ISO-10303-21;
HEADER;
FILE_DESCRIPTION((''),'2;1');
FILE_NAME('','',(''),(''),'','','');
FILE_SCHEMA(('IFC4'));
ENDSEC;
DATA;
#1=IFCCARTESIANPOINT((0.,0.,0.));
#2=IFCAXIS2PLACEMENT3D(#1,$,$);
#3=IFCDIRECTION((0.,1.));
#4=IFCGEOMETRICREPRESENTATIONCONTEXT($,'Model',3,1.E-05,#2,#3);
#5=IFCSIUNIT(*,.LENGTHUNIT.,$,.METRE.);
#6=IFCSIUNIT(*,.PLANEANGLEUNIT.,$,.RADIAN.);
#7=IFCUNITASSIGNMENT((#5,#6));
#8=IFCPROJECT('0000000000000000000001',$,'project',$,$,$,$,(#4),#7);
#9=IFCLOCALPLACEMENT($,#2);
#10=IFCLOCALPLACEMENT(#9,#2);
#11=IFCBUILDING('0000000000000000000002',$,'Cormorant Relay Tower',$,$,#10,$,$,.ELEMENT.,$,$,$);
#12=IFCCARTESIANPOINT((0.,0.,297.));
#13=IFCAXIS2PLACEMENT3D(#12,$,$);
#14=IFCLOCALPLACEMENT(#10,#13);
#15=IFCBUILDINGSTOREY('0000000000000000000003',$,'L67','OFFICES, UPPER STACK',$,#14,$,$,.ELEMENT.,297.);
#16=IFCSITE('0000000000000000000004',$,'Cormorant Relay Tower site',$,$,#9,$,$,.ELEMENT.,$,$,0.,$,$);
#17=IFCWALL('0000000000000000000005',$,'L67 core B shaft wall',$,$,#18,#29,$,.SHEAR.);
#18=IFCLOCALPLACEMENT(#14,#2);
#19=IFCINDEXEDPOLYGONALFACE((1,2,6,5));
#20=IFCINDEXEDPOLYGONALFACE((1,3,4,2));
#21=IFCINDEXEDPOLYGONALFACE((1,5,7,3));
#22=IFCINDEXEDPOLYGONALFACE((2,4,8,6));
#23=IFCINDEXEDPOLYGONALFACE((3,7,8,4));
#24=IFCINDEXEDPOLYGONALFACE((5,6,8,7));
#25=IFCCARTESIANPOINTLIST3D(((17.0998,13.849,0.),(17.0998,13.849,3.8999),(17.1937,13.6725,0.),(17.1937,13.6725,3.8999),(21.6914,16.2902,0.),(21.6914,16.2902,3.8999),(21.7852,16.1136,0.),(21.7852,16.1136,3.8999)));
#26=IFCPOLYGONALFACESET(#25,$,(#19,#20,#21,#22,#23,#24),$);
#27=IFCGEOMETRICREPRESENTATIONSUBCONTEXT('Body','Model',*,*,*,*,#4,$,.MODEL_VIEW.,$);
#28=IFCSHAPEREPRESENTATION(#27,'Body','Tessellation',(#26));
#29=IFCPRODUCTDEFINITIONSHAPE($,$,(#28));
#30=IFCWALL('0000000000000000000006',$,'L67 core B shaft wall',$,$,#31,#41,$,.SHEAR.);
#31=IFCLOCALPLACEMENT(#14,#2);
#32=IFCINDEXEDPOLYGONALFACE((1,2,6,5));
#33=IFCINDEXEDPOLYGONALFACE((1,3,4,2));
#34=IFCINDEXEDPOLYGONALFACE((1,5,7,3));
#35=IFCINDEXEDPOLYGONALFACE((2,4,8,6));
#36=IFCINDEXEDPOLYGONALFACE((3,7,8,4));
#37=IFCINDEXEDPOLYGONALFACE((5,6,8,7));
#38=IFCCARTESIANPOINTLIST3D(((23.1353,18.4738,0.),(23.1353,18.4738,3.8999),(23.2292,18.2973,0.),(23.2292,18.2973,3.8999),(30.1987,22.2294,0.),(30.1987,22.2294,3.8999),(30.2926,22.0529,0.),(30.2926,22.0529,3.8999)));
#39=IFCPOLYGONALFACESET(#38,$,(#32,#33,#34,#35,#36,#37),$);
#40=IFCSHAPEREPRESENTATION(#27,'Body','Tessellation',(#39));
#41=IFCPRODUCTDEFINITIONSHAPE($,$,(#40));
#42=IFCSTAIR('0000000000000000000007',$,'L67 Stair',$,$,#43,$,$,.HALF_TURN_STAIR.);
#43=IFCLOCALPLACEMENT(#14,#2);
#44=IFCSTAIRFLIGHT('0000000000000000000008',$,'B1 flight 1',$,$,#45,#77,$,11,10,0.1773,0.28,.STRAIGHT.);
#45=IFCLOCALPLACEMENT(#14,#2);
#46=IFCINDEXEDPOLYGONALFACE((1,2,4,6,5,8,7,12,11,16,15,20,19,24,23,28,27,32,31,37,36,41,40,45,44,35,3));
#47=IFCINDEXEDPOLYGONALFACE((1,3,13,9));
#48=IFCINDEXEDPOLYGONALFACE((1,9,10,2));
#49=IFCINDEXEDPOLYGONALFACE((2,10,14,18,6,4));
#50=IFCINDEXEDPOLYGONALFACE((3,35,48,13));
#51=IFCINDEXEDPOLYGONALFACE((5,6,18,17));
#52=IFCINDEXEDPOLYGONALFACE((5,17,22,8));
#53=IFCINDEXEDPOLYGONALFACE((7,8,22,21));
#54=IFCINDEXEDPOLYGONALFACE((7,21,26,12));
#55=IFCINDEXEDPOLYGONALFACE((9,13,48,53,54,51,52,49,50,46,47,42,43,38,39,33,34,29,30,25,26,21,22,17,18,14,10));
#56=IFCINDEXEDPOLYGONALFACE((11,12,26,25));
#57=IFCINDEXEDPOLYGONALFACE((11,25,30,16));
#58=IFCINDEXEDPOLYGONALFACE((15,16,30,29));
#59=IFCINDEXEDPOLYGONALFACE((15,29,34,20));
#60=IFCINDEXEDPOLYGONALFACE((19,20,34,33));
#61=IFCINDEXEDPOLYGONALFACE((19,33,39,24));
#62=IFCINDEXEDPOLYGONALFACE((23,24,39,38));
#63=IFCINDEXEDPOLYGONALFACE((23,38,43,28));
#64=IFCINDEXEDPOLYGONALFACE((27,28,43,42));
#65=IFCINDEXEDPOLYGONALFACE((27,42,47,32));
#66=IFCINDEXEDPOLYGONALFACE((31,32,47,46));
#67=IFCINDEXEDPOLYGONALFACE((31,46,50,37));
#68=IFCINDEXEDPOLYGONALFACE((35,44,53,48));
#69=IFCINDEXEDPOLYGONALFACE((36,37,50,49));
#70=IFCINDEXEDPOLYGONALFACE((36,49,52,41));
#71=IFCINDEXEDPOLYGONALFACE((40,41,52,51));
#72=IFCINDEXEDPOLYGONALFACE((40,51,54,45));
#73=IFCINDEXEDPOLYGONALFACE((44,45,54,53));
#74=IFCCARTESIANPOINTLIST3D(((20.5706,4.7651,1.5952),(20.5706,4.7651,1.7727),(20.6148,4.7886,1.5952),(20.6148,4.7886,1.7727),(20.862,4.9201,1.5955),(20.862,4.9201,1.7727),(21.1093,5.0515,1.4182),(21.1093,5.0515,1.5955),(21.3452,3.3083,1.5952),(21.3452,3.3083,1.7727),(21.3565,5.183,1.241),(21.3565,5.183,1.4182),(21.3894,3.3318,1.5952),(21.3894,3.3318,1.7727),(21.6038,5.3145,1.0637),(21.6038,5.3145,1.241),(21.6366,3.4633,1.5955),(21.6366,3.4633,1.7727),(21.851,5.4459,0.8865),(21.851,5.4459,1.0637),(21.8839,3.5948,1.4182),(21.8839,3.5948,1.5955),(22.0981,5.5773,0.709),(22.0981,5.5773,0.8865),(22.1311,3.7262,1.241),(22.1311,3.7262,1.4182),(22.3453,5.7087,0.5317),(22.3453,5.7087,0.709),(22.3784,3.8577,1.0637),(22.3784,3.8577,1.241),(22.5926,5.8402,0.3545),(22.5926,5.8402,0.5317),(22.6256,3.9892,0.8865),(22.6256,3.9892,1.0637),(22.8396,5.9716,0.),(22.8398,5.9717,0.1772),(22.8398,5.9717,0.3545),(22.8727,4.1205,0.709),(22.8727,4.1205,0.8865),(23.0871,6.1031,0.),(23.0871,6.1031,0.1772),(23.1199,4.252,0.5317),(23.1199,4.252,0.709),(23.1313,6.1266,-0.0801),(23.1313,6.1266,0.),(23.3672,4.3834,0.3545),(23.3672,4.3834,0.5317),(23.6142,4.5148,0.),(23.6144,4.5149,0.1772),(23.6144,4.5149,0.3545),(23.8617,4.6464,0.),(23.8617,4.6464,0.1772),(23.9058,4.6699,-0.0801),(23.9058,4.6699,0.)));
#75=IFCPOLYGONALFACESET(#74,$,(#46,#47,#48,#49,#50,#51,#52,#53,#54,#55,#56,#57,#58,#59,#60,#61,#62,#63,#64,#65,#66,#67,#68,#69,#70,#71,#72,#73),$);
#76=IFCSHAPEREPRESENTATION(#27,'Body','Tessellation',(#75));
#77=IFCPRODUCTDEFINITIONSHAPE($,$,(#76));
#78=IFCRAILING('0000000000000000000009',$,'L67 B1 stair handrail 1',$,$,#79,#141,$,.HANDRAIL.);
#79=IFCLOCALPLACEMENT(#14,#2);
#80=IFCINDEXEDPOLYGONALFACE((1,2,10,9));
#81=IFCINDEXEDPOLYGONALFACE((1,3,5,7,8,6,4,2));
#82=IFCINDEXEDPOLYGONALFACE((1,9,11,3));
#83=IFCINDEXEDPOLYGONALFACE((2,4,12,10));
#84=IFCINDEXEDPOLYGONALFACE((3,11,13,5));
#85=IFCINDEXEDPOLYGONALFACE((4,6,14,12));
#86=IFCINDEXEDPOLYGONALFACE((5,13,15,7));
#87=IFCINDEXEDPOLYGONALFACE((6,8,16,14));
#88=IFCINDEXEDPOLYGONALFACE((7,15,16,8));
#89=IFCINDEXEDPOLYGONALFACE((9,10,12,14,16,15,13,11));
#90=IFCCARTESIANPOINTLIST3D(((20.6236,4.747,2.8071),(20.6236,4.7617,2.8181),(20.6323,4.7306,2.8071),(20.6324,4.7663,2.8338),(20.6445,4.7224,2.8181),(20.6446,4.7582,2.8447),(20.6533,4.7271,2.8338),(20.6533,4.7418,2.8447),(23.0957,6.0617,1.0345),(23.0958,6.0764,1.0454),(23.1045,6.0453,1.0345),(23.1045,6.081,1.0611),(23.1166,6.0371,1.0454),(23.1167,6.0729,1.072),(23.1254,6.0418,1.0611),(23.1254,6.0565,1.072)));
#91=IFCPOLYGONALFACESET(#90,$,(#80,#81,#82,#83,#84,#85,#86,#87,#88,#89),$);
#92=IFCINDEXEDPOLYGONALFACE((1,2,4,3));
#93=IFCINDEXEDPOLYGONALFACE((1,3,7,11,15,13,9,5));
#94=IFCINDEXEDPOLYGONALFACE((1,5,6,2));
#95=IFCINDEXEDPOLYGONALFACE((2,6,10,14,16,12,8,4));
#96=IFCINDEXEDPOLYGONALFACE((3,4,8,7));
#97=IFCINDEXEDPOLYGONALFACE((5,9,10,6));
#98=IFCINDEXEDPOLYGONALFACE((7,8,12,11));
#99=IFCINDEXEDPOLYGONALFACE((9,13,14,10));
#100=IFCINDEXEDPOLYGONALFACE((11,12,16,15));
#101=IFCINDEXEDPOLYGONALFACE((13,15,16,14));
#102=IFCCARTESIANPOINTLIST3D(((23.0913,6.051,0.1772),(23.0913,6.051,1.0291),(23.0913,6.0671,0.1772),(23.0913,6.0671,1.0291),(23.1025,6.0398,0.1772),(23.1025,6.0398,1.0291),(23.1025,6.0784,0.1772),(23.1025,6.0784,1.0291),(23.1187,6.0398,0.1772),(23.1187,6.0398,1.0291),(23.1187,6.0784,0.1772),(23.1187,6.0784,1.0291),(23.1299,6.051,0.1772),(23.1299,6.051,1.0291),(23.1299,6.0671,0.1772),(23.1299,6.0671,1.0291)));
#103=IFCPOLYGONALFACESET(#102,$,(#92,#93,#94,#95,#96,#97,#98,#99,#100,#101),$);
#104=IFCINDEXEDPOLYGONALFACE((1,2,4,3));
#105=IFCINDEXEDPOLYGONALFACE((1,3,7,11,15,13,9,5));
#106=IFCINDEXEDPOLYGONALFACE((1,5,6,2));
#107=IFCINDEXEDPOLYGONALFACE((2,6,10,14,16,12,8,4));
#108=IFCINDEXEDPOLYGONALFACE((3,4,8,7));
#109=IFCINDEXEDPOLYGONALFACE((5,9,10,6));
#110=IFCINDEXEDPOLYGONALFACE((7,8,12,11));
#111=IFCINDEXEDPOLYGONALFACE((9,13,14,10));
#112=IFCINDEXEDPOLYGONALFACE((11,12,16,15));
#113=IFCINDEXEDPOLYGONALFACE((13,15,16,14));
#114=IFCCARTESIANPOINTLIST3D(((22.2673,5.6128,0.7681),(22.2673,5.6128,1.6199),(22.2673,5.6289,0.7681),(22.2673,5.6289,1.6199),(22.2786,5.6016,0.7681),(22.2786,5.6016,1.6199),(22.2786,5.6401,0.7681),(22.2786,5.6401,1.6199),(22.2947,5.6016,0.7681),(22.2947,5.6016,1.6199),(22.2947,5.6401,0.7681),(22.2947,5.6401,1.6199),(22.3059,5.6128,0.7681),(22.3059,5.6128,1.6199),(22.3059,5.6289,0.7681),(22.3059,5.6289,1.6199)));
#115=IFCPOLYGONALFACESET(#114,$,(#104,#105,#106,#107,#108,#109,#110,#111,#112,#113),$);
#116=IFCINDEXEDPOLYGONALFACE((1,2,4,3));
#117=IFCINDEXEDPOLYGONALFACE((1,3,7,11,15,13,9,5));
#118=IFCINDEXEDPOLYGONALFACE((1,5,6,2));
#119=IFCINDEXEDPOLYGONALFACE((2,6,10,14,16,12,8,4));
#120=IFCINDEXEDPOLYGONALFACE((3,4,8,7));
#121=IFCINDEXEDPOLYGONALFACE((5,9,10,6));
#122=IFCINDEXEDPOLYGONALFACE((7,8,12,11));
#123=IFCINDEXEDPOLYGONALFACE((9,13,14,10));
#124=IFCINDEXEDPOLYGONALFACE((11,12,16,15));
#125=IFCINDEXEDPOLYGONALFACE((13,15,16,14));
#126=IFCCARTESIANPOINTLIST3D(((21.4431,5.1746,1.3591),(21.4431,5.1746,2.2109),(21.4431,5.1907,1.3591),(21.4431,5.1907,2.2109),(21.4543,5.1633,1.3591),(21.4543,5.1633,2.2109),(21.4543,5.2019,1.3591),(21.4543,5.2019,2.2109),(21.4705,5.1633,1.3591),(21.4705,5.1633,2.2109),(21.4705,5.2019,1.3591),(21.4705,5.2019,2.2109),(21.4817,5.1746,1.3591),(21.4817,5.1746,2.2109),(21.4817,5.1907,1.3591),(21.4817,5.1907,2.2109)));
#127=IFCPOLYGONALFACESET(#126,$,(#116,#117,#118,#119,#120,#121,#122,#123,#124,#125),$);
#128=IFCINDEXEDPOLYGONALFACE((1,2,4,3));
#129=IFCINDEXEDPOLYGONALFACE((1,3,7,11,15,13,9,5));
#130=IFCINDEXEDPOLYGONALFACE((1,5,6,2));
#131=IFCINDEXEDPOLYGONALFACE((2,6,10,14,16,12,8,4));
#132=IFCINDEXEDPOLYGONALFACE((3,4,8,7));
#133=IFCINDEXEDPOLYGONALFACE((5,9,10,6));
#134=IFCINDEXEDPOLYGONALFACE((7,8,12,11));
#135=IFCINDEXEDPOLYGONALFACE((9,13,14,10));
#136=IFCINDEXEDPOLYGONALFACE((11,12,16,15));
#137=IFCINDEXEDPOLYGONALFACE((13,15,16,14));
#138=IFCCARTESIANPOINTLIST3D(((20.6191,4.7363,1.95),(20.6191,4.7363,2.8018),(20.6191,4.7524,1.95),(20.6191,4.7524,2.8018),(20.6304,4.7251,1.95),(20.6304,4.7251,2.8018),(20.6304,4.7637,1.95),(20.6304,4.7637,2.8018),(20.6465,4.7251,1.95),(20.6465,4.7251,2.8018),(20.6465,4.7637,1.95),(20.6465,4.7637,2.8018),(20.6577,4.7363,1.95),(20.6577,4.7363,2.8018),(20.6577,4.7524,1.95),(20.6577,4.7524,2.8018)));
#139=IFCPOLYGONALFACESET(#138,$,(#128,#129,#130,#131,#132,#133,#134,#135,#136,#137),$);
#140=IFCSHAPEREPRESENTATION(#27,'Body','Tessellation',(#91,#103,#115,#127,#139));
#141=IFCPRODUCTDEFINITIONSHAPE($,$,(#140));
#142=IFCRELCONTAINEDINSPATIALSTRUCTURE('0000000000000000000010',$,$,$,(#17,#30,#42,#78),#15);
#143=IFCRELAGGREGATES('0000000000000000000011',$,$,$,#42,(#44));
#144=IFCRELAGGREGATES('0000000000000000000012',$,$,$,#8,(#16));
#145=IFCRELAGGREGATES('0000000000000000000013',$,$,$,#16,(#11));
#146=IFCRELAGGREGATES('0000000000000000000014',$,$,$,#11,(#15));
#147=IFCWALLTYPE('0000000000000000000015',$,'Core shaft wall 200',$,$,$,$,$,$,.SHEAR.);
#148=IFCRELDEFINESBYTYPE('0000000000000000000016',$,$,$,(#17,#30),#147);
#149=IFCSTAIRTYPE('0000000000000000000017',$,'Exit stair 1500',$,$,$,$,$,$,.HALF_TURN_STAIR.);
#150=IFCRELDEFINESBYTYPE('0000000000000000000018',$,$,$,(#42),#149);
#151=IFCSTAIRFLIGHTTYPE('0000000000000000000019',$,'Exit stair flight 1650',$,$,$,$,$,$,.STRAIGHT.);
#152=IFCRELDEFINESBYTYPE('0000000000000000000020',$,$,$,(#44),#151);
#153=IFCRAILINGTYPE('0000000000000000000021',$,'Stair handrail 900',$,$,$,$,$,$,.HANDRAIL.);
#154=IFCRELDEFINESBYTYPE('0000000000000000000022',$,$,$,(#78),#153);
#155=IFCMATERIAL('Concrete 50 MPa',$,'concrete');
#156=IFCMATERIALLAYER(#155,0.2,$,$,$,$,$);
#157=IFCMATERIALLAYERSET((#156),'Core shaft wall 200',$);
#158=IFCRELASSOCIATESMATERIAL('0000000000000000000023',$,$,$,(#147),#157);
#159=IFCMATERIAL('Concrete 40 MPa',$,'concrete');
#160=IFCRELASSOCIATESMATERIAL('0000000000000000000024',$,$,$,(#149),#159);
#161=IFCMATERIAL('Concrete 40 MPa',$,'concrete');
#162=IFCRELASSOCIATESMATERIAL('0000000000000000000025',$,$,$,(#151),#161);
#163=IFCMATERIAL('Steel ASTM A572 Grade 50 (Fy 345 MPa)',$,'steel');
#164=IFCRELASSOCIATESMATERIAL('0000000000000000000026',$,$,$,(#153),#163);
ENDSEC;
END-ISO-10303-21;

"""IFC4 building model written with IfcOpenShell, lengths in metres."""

from ifc_helpers import new_model, si_unit, direction, frame, frame_2d, origin, place, context, subcontext, project, spatial, polyline, rectangle, outline, extrude, material, layer, layer_set, type_object, element, aggregate, save


model = new_model("IFC4")

# Units and contexts
model_context = context("Model", 3, precision=1e-05, world=origin(), true_north=direction((0.0, 1.0)))
body_context = subcontext(model_context, "Body", "Model", "MODEL_VIEW")
ifc_project = project(units=[si_unit("LENGTHUNIT", "METRE"), si_unit("PLANEANGLEUNIT", "RADIAN")], contexts=[model_context])

# Site, building, storey
site_placement = place(None, origin())
site = spatial("IfcSite", under=ifc_project, at=site_placement, Name="Cormorant Relay Tower site", CompositionType="ELEMENT", RefElevation=0.0)
building_placement = place(site_placement, origin())
building = spatial("IfcBuilding", under=site, at=building_placement, Name="Cormorant Relay Tower", CompositionType="ELEMENT")
storey_placement = place(building_placement, frame((0.0, 0.0, 297.0)))
storey = spatial("IfcBuildingStorey", under=building, at=storey_placement, Name="L67", Description="OFFICES, UPPER STACK", CompositionType="ELEMENT", Elevation=297.0)

# Shared definitions
ifc_material_1 = material(Name="Concrete 50 MPa", Category="concrete")
ifc_layer_1 = layer(ifc_material_1, 0.2)
ifc_layer_set_1 = layer_set([ifc_layer_1], Name="Core shaft wall 200")
wall_type_1 = type_object("IfcWallType", Name="Core shaft wall 200", PredefinedType="SHEAR", material=ifc_layer_set_1)

# Walls
wall_1_placement = place(storey_placement, frame((17.1467, 13.7607, 0.0), z_axis=(0.0, 0.0, 1.0), x_axis=(0.882964, 0.46944, 0.0)))
element("IfcWall", 1, at=wall_1_placement, inside=storey, type_object=wall_type_1, Name="L67 core B shaft wall", PredefinedType="SHEAR", context=body_context, shape_type="SweptSolid", body=[
    extrude(rectangle(XDim=5.2002, YDim=0.2, at=frame_2d((2.6001, 0.0))), origin(), (0.0, 0.0, 1.0), 3.8999),
])
wall_2_placement = place(storey_placement, frame((23.1821, 18.3855, 0.0), z_axis=(0.0, 0.0, 1.0), x_axis=(0.882953, 0.469462, 0.0)))
element("IfcWall", 2, at=wall_2_placement, inside=storey, type_object=wall_type_1, Name="L67 core B shaft wall", PredefinedType="SHEAR", context=body_context, shape_type="SweptSolid", body=[
    extrude(rectangle(XDim=7.9998, YDim=0.2, at=frame_2d((4.0, 0.0))), origin(), (0.0, 0.0, 1.0), 3.8999),
])

# Stair, stair flight
ifc_material_2 = material(Name="Concrete 40 MPa", Category="concrete")
stair_type = type_object("IfcStairType", Name="Exit stair 1500", PredefinedType="HALF_TURN_STAIR", material=ifc_material_2)
stair_placement = place(storey_placement, origin())
stair = element("IfcStair", 3, at=stair_placement, inside=storey, type_object=stair_type, Name="L67 Stair", PredefinedType="HALF_TURN_STAIR")
ifc_material_3 = material(Name="Concrete 40 MPa", Category="concrete")
stair_flight_type = type_object("IfcStairFlightType", Name="Exit stair flight 1650", PredefinedType="STRAIGHT", material=ifc_material_3)
stair_flight_placement = place(storey_placement, frame((23.4744, 5.3748, 0.0), z_axis=(0.0, 0.0, 1.0), x_axis=(-0.882948, -0.469472, 0.0)))
stair_flight = element("IfcStairFlight", 4, at=stair_flight_placement, type_object=stair_flight_type, Name="B1 flight 1", NumberOfRisers=11, NumberOfTreads=10, PredefinedType="STRAIGHT", RiserHeight=0.1773, TreadLength=0.28, context=body_context, shape_type="SweptSolid", body=[
    extrude(outline(polyline([(-0.05, -0.0801), (-0.05, 0.0), (0.0, 0.0), (0.0, 0.1772), (0.28, 0.1772), (0.28, 0.3545), (0.5601, 0.3545), (0.5601, 0.5317), (0.8401, 0.5317), (0.8401, 0.709), (1.1201, 0.709), (1.1201, 0.8865), (1.3999, 0.8865), (1.3999, 1.0637), (1.6799, 1.0637), (1.6799, 1.241), (1.96, 1.241), (1.96, 1.4182), (2.24, 1.4182), (2.24, 1.5955), (2.52, 1.5955), (2.52, 1.7727), (2.8, 1.7727), (2.8501, 1.7727), (2.8501, 1.5952), (2.8, 1.5952), (0.2803, 0.0), (-0.05, -0.0801)])), frame((0.0, 0.825, 0.0), z_axis=(0.0, -1.0, 0.0), x_axis=(1.0, 0.0, 0.0)), (0.0, 0.0, 1.0), 1.6499),
])
aggregate(stair, [stair_flight])

# Railing
ifc_material_4 = material(Name="Steel ASTM A572 Grade 50 (Fy 345 MPa)", Category="steel")
railing_type = type_object("IfcRailingType", Name="Stair handrail 900", PredefinedType="HANDRAIL", material=ifc_material_4)
railing_placement = place(storey_placement, frame((23.1106, 6.0591, 0.1772)))
element("IfcRailing", 5, at=railing_placement, inside=storey, type_object=railing_type, Name="L67 B1 stair handrail 1", PredefinedType="HANDRAIL", context=body_context, shape_type="SweptSolid", body=[
    extrude(outline(polyline([(0.0222, 0.0093), (0.0093, 0.0222), (-0.0093, 0.0222), (-0.0222, 0.0093), (-0.0222, -0.0093), (-0.0093, -0.0222), (0.0093, -0.0222), (0.0222, -0.0093), (0.0222, 0.0093)])), frame((0.0, 0.0, 0.876), z_axis=(-0.745979, -0.396711, 0.534916), x_axis=(0.469533, -0.882915, 0.0)), (0.0, 0.0, 1.0), 3.314),
    extrude(outline(polyline([(0.0193, 0.0081), (0.0081, 0.0193), (-0.0081, 0.0193), (-0.0193, 0.0081), (-0.0193, -0.0081), (-0.0081, -0.0193), (0.0081, -0.0193), (0.0193, -0.0081), (0.0193, 0.0081)])), origin(), (0.0, 0.0, 1.0), 0.8518),
    extrude(outline(polyline([(0.0193, 0.0081), (0.0081, 0.0193), (-0.0081, 0.0193), (-0.0193, 0.0081), (-0.0193, -0.0081), (-0.0081, -0.0193), (0.0081, -0.0193), (0.0193, -0.0081), (0.0193, 0.0081)])), frame((-0.824, -0.4382, 0.5908)), (0.0, 0.0, 1.0), 0.8518),
    extrude(outline(polyline([(0.0193, 0.0081), (0.0081, 0.0193), (-0.0081, 0.0193), (-0.0193, 0.0081), (-0.0193, -0.0081), (-0.0081, -0.0193), (0.0081, -0.0193), (0.0193, -0.0081), (0.0193, 0.0081)])), frame((-1.6482, -0.8765, 1.1819)), (0.0, 0.0, 1.0), 0.8518),
    extrude(outline(polyline([(0.0193, 0.0081), (0.0081, 0.0193), (-0.0081, 0.0193), (-0.0193, 0.0081), (-0.0193, -0.0081), (-0.0081, -0.0193), (0.0081, -0.0193), (0.0193, -0.0081), (0.0193, 0.0081)])), frame((-2.4722, -1.3147, 1.7727)), (0.0, 0.0, 1.0), 0.8518),
])

save(model, "model.ifc")
